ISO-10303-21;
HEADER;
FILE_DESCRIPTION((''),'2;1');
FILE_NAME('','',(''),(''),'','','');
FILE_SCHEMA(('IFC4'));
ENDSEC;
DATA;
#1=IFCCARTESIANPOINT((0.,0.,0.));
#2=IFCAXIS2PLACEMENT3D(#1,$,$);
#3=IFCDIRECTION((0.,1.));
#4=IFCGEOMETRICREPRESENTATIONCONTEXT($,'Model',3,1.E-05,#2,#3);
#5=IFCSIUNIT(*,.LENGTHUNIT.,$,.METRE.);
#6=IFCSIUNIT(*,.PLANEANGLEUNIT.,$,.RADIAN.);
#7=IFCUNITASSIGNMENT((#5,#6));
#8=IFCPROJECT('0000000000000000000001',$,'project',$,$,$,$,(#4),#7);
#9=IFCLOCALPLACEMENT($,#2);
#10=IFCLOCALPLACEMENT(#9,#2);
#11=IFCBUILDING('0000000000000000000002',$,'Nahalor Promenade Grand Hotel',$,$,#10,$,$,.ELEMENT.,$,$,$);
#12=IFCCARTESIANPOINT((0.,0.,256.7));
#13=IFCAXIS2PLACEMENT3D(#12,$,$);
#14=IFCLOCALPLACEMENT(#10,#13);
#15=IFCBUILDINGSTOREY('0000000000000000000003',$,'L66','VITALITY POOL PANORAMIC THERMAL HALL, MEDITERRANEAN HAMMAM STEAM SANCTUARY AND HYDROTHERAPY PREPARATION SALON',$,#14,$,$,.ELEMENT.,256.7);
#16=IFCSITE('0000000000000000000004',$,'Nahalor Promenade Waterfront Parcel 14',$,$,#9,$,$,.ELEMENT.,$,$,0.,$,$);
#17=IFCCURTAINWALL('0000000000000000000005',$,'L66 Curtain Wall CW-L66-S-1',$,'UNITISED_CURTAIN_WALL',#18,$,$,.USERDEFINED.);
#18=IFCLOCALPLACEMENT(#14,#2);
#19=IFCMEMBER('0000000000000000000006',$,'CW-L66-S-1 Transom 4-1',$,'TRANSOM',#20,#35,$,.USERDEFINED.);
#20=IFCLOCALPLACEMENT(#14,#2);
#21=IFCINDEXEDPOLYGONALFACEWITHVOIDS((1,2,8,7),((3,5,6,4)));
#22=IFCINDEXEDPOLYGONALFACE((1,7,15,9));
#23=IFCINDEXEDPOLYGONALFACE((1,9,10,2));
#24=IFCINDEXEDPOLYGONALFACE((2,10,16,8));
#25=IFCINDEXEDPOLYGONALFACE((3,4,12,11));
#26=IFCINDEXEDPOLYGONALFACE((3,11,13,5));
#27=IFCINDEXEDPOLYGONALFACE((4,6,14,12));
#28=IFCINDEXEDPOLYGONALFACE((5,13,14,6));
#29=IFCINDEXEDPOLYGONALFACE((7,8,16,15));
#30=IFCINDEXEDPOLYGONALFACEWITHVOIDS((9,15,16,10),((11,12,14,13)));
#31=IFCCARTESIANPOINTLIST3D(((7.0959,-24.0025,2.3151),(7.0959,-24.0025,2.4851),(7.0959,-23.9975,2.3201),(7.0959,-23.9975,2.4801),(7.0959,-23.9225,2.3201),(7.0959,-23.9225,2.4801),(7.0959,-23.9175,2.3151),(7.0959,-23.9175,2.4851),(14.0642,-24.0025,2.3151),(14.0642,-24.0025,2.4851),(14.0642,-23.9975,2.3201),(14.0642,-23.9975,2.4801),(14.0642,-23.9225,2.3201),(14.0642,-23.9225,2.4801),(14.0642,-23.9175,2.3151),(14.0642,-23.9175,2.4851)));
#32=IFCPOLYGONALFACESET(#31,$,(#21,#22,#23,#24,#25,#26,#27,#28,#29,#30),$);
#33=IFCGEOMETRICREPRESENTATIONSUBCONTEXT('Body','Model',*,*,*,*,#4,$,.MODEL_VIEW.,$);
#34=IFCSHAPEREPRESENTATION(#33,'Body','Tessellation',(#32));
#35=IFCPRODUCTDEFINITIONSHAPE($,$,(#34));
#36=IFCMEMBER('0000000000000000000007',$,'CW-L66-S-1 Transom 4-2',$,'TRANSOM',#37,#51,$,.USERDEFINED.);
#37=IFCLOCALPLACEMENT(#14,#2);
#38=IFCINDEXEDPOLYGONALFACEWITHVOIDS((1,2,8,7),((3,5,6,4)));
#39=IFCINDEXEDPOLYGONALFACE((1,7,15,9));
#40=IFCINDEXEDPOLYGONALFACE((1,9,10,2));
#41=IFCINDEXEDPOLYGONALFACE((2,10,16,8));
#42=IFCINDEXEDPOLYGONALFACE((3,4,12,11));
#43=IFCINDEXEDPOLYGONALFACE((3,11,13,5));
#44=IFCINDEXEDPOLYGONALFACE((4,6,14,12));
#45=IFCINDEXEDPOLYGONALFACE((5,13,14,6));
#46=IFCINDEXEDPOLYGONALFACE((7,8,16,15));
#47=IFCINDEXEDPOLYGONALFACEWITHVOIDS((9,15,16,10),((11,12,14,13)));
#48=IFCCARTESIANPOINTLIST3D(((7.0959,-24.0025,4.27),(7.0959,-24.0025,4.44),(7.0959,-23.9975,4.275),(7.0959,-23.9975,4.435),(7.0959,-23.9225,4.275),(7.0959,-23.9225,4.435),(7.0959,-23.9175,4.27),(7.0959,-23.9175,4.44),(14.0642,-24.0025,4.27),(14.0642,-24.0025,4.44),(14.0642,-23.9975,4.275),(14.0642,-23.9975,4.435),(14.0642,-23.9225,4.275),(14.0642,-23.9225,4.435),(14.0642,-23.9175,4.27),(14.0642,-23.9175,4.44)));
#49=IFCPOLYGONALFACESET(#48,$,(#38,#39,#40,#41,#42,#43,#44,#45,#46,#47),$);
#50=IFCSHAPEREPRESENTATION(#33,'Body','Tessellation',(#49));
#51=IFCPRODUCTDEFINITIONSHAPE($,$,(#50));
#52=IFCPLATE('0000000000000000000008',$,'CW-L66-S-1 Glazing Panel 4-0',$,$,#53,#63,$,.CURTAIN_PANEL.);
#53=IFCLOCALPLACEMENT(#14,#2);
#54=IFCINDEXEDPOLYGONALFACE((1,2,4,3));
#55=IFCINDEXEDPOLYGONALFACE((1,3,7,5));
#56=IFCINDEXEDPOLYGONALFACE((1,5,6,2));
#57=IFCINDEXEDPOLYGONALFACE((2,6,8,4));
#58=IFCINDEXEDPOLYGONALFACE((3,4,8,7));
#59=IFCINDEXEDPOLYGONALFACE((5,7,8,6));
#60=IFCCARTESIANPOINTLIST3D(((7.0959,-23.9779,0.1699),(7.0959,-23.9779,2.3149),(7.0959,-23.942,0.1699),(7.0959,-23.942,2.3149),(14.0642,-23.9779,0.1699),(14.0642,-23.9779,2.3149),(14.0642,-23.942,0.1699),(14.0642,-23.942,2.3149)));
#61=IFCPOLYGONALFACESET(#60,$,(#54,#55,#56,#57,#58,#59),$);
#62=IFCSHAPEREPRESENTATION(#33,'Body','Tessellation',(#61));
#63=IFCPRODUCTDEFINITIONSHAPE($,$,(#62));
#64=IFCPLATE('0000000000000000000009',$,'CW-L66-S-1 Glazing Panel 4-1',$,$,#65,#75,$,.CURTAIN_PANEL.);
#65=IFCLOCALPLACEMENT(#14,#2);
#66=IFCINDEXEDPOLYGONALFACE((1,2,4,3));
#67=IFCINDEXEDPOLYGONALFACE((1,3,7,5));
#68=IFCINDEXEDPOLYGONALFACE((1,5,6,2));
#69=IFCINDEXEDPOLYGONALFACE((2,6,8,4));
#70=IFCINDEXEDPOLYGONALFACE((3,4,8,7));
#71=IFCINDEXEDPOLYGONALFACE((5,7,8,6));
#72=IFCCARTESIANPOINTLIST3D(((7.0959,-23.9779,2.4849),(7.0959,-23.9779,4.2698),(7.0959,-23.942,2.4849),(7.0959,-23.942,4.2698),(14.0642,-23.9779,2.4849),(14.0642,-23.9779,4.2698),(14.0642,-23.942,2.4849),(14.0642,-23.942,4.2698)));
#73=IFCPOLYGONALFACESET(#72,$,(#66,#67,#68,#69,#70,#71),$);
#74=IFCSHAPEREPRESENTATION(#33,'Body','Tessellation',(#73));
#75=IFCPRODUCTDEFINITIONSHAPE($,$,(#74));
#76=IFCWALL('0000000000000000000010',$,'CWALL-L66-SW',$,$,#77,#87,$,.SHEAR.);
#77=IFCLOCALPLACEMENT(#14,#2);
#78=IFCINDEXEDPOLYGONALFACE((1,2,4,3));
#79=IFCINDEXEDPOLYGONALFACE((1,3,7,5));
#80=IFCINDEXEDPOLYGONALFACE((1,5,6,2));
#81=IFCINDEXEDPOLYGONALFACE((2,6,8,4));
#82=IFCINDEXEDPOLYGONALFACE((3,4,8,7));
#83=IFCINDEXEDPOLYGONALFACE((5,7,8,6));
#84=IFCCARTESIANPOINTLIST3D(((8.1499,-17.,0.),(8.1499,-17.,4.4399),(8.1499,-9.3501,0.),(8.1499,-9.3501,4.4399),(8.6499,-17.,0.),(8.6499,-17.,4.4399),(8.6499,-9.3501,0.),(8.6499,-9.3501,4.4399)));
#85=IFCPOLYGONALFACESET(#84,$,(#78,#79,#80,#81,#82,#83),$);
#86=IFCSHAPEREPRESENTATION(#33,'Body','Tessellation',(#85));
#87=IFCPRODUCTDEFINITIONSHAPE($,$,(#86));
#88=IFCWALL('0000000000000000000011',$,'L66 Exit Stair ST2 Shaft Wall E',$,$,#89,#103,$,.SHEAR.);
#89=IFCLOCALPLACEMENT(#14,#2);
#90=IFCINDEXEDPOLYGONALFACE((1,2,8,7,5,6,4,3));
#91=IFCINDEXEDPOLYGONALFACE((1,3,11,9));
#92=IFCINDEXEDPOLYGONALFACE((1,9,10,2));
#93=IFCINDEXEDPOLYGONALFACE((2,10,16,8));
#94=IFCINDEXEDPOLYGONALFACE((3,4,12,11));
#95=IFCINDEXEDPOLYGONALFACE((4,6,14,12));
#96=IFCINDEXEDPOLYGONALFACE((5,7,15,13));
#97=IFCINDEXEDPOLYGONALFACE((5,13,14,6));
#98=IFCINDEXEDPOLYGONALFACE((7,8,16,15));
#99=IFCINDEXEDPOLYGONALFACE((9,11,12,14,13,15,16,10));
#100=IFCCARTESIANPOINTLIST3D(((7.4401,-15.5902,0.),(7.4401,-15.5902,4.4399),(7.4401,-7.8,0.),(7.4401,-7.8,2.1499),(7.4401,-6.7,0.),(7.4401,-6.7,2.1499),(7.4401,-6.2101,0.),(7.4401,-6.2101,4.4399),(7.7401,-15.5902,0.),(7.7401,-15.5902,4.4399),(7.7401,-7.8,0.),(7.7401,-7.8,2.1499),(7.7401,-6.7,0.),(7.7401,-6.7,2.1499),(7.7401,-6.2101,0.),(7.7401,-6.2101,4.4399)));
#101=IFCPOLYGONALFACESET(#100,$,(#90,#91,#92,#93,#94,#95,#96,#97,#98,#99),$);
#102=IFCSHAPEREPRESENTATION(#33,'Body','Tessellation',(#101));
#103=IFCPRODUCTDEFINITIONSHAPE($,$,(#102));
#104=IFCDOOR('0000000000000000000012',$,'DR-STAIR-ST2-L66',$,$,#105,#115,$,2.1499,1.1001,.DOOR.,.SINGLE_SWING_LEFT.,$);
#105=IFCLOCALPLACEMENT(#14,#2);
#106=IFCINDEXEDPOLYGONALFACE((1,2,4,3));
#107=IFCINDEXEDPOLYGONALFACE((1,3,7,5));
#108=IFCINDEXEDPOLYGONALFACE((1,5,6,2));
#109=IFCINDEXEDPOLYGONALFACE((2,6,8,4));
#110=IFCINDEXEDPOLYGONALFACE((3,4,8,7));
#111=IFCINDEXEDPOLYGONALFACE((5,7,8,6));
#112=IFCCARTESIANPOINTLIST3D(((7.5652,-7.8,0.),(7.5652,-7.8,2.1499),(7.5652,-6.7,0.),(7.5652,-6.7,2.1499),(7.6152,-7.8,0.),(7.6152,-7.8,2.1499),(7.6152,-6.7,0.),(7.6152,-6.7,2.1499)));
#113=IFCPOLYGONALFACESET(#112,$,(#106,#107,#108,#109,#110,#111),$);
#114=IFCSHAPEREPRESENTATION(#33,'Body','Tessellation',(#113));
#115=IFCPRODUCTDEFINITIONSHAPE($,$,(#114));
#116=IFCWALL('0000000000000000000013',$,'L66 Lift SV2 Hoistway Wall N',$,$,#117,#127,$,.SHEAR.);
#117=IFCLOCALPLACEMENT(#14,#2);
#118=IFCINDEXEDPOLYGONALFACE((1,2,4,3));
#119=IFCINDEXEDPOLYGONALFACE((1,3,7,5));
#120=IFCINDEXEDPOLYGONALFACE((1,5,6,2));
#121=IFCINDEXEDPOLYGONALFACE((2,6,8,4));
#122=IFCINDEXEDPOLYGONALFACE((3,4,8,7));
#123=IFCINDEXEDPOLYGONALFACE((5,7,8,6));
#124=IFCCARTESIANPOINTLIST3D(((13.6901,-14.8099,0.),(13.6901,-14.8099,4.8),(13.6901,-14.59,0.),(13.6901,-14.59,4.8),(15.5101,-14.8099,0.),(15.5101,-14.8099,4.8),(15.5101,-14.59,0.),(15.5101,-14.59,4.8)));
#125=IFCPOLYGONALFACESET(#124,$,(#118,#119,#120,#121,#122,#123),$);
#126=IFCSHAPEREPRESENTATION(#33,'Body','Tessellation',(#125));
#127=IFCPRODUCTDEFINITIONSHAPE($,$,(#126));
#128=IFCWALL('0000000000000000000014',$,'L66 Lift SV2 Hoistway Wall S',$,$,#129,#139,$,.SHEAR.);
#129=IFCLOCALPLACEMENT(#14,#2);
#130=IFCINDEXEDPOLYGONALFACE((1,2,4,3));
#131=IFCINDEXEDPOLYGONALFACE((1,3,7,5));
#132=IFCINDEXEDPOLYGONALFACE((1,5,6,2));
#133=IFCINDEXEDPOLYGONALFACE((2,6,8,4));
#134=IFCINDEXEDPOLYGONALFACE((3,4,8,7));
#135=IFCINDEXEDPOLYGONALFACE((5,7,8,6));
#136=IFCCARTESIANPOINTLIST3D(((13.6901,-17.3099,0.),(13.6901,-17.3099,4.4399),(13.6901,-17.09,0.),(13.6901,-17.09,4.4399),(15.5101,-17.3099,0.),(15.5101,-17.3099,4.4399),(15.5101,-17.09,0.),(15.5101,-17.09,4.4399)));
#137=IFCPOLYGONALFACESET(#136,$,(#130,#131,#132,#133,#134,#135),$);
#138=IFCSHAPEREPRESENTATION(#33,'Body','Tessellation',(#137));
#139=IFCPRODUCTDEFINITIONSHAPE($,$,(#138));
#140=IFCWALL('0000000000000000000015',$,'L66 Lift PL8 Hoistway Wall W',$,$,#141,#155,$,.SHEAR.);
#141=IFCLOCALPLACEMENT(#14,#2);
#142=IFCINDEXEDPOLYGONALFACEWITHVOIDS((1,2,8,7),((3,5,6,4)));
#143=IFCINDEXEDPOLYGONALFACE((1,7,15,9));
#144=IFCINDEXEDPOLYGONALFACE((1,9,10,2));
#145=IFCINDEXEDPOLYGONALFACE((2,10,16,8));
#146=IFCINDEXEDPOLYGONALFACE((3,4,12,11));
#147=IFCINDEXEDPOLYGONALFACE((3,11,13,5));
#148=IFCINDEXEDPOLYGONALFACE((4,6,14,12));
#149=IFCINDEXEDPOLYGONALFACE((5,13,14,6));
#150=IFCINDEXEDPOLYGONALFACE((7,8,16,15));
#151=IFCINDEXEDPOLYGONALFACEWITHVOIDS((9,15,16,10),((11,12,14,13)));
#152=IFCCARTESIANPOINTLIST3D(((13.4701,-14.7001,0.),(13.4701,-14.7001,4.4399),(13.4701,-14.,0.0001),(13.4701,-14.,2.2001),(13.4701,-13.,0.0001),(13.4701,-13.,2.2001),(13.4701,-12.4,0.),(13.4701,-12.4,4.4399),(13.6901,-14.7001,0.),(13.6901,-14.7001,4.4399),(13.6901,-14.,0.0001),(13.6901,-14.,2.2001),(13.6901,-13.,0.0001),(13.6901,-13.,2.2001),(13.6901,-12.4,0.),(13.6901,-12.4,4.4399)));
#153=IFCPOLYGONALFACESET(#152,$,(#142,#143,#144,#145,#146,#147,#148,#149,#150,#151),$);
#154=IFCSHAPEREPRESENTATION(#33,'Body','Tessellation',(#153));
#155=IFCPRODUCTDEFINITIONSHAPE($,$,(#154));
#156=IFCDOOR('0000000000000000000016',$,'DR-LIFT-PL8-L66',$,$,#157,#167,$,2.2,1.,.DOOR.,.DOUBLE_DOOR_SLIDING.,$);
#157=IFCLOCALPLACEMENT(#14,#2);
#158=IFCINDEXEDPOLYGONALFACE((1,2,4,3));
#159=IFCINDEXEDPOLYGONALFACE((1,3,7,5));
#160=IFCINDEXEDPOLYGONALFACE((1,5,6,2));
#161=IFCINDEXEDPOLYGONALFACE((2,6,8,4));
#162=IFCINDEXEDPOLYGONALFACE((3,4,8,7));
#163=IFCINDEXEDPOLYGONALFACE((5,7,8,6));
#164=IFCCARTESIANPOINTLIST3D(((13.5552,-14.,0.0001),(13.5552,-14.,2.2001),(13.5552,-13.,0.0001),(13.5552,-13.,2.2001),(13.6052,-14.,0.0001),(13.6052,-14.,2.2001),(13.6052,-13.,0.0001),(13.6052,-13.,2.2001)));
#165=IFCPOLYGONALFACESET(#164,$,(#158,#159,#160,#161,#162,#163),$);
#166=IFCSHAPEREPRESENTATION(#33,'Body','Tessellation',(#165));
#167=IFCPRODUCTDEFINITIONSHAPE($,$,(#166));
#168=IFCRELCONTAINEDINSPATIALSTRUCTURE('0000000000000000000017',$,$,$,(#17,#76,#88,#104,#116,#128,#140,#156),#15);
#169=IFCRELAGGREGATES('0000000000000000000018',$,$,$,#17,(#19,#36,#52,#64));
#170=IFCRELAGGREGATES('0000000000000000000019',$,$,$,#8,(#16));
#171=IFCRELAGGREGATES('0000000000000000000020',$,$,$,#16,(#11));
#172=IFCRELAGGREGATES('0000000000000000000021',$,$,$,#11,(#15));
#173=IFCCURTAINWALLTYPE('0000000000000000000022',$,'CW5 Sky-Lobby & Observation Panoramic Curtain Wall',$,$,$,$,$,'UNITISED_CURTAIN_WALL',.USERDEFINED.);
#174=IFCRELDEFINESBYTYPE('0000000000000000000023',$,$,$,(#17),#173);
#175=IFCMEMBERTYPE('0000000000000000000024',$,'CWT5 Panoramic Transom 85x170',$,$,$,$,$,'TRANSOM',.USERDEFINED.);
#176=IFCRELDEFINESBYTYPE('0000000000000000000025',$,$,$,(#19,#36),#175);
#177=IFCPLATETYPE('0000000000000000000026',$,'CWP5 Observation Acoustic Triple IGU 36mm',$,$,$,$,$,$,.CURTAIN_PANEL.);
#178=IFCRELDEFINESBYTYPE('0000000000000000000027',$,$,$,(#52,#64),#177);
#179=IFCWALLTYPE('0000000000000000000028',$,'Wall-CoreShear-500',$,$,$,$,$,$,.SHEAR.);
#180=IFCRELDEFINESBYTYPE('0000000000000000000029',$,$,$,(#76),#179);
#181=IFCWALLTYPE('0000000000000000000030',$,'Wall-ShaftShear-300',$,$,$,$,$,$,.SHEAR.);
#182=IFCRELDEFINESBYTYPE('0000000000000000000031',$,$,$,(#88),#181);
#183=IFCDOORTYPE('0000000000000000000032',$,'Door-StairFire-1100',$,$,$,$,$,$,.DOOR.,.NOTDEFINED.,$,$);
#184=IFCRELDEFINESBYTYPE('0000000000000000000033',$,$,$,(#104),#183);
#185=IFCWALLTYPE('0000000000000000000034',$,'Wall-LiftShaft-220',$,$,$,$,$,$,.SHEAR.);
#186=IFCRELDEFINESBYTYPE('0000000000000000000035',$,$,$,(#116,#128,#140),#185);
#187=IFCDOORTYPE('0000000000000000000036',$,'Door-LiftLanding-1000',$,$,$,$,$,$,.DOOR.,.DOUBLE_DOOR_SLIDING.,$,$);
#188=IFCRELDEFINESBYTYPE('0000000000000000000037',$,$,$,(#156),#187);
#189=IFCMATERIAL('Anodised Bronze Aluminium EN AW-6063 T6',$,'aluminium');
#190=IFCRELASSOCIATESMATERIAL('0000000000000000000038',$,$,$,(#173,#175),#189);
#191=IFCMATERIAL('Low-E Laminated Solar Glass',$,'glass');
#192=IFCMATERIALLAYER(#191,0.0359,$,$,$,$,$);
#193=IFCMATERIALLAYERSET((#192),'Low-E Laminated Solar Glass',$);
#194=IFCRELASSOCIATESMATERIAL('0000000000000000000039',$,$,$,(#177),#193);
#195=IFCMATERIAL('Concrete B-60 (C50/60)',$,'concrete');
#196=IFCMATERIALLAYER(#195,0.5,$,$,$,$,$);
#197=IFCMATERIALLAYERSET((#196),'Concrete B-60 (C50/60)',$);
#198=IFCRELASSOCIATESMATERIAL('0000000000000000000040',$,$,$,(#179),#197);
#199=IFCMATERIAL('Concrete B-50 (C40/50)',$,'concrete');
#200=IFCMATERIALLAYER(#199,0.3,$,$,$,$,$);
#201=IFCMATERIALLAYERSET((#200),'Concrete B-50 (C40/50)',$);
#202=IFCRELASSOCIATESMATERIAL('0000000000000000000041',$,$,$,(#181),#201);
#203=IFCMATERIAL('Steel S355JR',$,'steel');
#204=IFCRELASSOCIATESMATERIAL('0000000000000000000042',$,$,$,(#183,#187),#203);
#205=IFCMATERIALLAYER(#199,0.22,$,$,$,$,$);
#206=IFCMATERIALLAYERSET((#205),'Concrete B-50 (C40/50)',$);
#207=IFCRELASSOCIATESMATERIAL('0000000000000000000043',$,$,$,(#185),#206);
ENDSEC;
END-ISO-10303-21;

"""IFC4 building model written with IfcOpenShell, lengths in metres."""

from ifc_helpers import new_model, si_unit, direction, frame, frame_2d, origin, origin_2d, place, context, subcontext, project, spatial, rectangle, hollow_rectangle, extrude, source, transform, mapped, material, layer, layer_set, material_profile, profile_set, type_object, element, fill, aggregate, save


model = new_model("IFC4")

# Units and contexts
model_context = context("Model", 3, precision=1e-05, world=origin(), true_north=direction((0.0, 1.0)))
body_context = subcontext(model_context, "Body", "Model", "MODEL_VIEW")
ifc_project = project(units=[si_unit("LENGTHUNIT", "METRE"), si_unit("PLANEANGLEUNIT", "RADIAN")], contexts=[model_context])

# Site, building, storey
site_placement = place(None, origin())
site = spatial("IfcSite", under=ifc_project, at=site_placement, Name="Nahalor Promenade Waterfront Parcel 14", CompositionType="ELEMENT", RefElevation=0.0)
building_placement = place(site_placement, origin())
building = spatial("IfcBuilding", under=site, at=building_placement, Name="Nahalor Promenade Grand Hotel", CompositionType="ELEMENT")
storey_placement = place(building_placement, frame((0.0, 0.0, 256.7)))
storey = spatial("IfcBuildingStorey", under=building, at=storey_placement, Name="L66", Description="VITALITY POOL PANORAMIC THERMAL HALL, MEDITERRANEAN HAMMAM STEAM SANCTUARY AND HYDROTHERAPY PREPARATION SALON", CompositionType="ELEMENT", Elevation=256.7)

# Shared definitions
ifc_material_1 = material(Name="Concrete B-60 (C50/60)", Category="concrete")
ifc_material_2 = material(Name="Steel S355JR", Category="steel")

# Curtain wall, members, plates
ifc_material_3 = material(Name="Anodised Bronze Aluminium EN AW-6063 T6", Category="aluminium")
curtain_wall_type = type_object("IfcCurtainWallType", Name="CW5 Sky-Lobby & Observation Panoramic Curtain Wall", ElementType="UNITISED_CURTAIN_WALL", PredefinedType="USERDEFINED", material=ifc_material_3)
curtain_wall_placement = place(storey_placement, origin())
curtain_wall = element("IfcCurtainWall", 1, at=curtain_wall_placement, inside=storey, type_object=curtain_wall_type, Name="L66 Curtain Wall CW-L66-S-1", ObjectType="UNITISED_CURTAIN_WALL", PredefinedType="USERDEFINED")
ifc_material_profile_1 = material_profile(ifc_material_3, hollow_rectangle(XDim=0.085, YDim=0.17, WallThickness=0.005, at=origin_2d()), Name="CWT 85x170x5")
ifc_profile_set_1 = profile_set([ifc_material_profile_1], Name="Anodised Bronze Aluminium EN AW-6063 T6")
member_type_1 = type_object("IfcMemberType", Name="CWT5 Panoramic Transom 85x170", ElementType="TRANSOM", PredefinedType="USERDEFINED", material=ifc_profile_set_1)
shared_shape_1 = source(origin(), body_context, "Body", "SweptSolid", [
    extrude(hollow_rectangle(XDim=0.085, YDim=0.17, WallThickness=0.005, at=origin_2d()), origin(), (0.0, 0.0, 1.0), 6.9683),
])
member_1_placement = place(storey_placement, frame((7.0959, -23.96, 2.4001), z_axis=(1.0, 0.0, 0.0), x_axis=(0.0, 1.0, 0.0)))
member_1 = element("IfcMember", 2, at=member_1_placement, type_object=member_type_1, Name="CW-L66-S-1 Transom 4-1", ObjectType="TRANSOM", PredefinedType="USERDEFINED", context=body_context, shape_type="MappedRepresentation", body=[
    mapped(shared_shape_1, transform((0.0, 0.0, 0.0), scale=1.0)),
])
member_2_placement = place(storey_placement, frame((7.0959, -23.96, 4.355), z_axis=(1.0, 0.0, 0.0), x_axis=(0.0, 1.0, 0.0)))
member_2 = element("IfcMember", 3, at=member_2_placement, type_object=member_type_1, Name="CW-L66-S-1 Transom 4-2", ObjectType="TRANSOM", PredefinedType="USERDEFINED", context=body_context, shape_type="MappedRepresentation", body=[
    mapped(shared_shape_1, transform((0.0, 0.0, 0.0), scale=1.0)),
])
ifc_material_4 = material(Name="Low-E Laminated Solar Glass", Category="glass")
ifc_layer_1 = layer(ifc_material_4, 0.0359)
ifc_layer_set_1 = layer_set([ifc_layer_1], Name="Low-E Laminated Solar Glass")
plate_type = type_object("IfcPlateType", Name="CWP5 Observation Acoustic Triple IGU 36mm", PredefinedType="CURTAIN_PANEL", material=ifc_layer_set_1)
shared_shape_2 = source(origin(), body_context, "Body", "SweptSolid", [
    extrude(rectangle(XDim=6.9683, YDim=0.0359, at=origin_2d()), origin(), (0.0, 0.0, 1.0), 2.145),
])
plate_1_placement = place(storey_placement, frame((10.5801, -23.96, 0.1699), z_axis=(0.0, 0.0, 1.0), x_axis=(1.0, 0.0, 0.0)))
plate_1 = element("IfcPlate", 4, at=plate_1_placement, type_object=plate_type, Name="CW-L66-S-1 Glazing Panel 4-0", PredefinedType="CURTAIN_PANEL", context=body_context, shape_type="MappedRepresentation", body=[
    mapped(shared_shape_2, transform((0.0, 0.0, 0.0), scale=1.0)),
])
shared_shape_3 = source(origin(), body_context, "Body", "SweptSolid", [
    extrude(rectangle(XDim=6.9683, YDim=0.0359, at=origin_2d()), origin(), (0.0, 0.0, 1.0), 1.7849),
])
plate_2_placement = place(storey_placement, frame((10.5801, -23.96, 2.4849), z_axis=(0.0, 0.0, 1.0), x_axis=(1.0, 0.0, 0.0)))
plate_2 = element("IfcPlate", 5, at=plate_2_placement, type_object=plate_type, Name="CW-L66-S-1 Glazing Panel 4-1", PredefinedType="CURTAIN_PANEL", context=body_context, shape_type="MappedRepresentation", body=[
    mapped(shared_shape_3, transform((0.0, 0.0, 0.0), scale=1.0)),
])
aggregate(curtain_wall, [member_1, member_2, plate_1, plate_2])

# Wall
ifc_layer_2 = layer(ifc_material_1, 0.5)
ifc_layer_set_2 = layer_set([ifc_layer_2], Name="Concrete B-60 (C50/60)")
wall_type_1 = type_object("IfcWallType", Name="Wall-CoreShear-500", PredefinedType="SHEAR", material=ifc_layer_set_2)
shared_shape_4 = source(origin(), body_context, "Body", "SweptSolid", [
    extrude(rectangle(XDim=7.6499, YDim=0.5, at=frame_2d((3.825, 0.0))), origin(), (0.0, 0.0, 1.0), 4.4399),
])
wall_1_placement = place(storey_placement, frame((8.3999, -17.0, 0.0), z_axis=(0.0, 0.0, 1.0), x_axis=(0.0, 1.0, 0.0)))
element("IfcWall", 6, at=wall_1_placement, inside=storey, type_object=wall_type_1, Name="CWALL-L66-SW", PredefinedType="SHEAR", context=body_context, shape_type="MappedRepresentation", body=[
    mapped(shared_shape_4, transform((0.0, 0.0, 0.0), scale=1.0)),
])

# Wall, opening, door
ifc_material_5 = material(Name="Concrete B-50 (C40/50)", Category="concrete")
ifc_layer_3 = layer(ifc_material_5, 0.3)
ifc_layer_set_3 = layer_set([ifc_layer_3], Name="Concrete B-50 (C40/50)")
wall_type_2 = type_object("IfcWallType", Name="Wall-ShaftShear-300", PredefinedType="SHEAR", material=ifc_layer_set_3)
shared_shape_5 = source(origin(), body_context, "Body", "SweptSolid", [
    extrude(rectangle(XDim=9.3801, YDim=0.3, at=frame_2d((4.6899, 0.0))), origin(), (0.0, 0.0, 1.0), 4.4399),
])
wall_2_placement = place(storey_placement, frame((7.5901, -15.5901, 0.0), z_axis=(0.0, 0.0, 1.0), x_axis=(0.0, 1.0, 0.0)))
wall_2 = element("IfcWall", 7, at=wall_2_placement, inside=storey, type_object=wall_type_2, Name="L66 Exit Stair ST2 Shaft Wall E", PredefinedType="SHEAR", context=body_context, shape_type="MappedRepresentation", body=[
    mapped(shared_shape_5, transform((0.0, 0.0, 0.0), scale=1.0)),
])
opening_1_placement = place(wall_2_placement, frame((7.79, 0.0, 0.0)))
opening_1 = element("IfcOpeningElement", 8, at=opening_1_placement, cuts=wall_2, PredefinedType="OPENING", context=body_context, shape_type="SweptSolid", body=[
    extrude(rectangle(XDim=1.1001, YDim=2.1499, at=frame_2d((0.55, 1.075))), frame((0.0, 0.1599, 0.0), z_axis=(0.0, -1.0, 0.0), x_axis=(1.0, 0.0, 0.0)), (0.0, 0.0, 1.0), 0.3201),
])
door_type_1 = type_object("IfcDoorType", Name="Door-StairFire-1100", OperationType="NOTDEFINED", PredefinedType="DOOR", material=ifc_material_2)
shared_shape_6 = source(origin(), body_context, "Body", "SweptSolid", [
    extrude(rectangle(XDim=1.1001, YDim=2.1499, at=frame_2d((0.55, 1.075))), frame((0.0, 0.0249, 0.0), z_axis=(0.0, -1.0, 0.0), x_axis=(1.0, 0.0, 0.0)), (0.0, 0.0, 1.0), 0.05),
])
door_1_placement = place(opening_1_placement, origin())
door_1 = element("IfcDoor", 9, at=door_1_placement, inside=storey, type_object=door_type_1, Name="DR-STAIR-ST2-L66", OperationType="SINGLE_SWING_LEFT", OverallHeight=2.1499, OverallWidth=1.1001, PredefinedType="DOOR", context=body_context, shape_type="MappedRepresentation", body=[
    mapped(shared_shape_6, transform((0.0, 0.0, 0.0), scale=1.0)),
])
fill(opening_1, door_1)

# Walls
ifc_layer_4 = layer(ifc_material_5, 0.22)
ifc_layer_set_4 = layer_set([ifc_layer_4], Name="Concrete B-50 (C40/50)")
wall_type_3 = type_object("IfcWallType", Name="Wall-LiftShaft-220", PredefinedType="SHEAR", material=ifc_layer_set_4)
shared_shape_7 = source(origin(), body_context, "Body", "SweptSolid", [
    extrude(rectangle(XDim=1.8201, YDim=0.22, at=frame_2d((0.9102, 0.0))), origin(), (0.0, 0.0, 1.0), 4.8),
])
wall_3_placement = place(storey_placement, frame((13.6899, -14.7, 0.0), z_axis=(0.0, 0.0, 1.0), x_axis=(1.0, 0.0, 0.0)))
element("IfcWall", 10, at=wall_3_placement, inside=storey, type_object=wall_type_3, Name="L66 Lift SV2 Hoistway Wall N", PredefinedType="SHEAR", context=body_context, shape_type="MappedRepresentation", body=[
    mapped(shared_shape_7, transform((0.0, 0.0, 0.0), scale=1.0)),
])
shared_shape_8 = source(origin(), body_context, "Body", "SweptSolid", [
    extrude(rectangle(XDim=1.8201, YDim=0.22, at=frame_2d((0.9102, 0.0))), origin(), (0.0, 0.0, 1.0), 4.4399),
])
wall_4_placement = place(storey_placement, frame((13.6899, -17.2, 0.0), z_axis=(0.0, 0.0, 1.0), x_axis=(1.0, 0.0, 0.0)))
element("IfcWall", 11, at=wall_4_placement, inside=storey, type_object=wall_type_3, Name="L66 Lift SV2 Hoistway Wall S", PredefinedType="SHEAR", context=body_context, shape_type="MappedRepresentation", body=[
    mapped(shared_shape_8, transform((0.0, 0.0, 0.0), scale=1.0)),
])

# Wall, opening, door
shared_shape_9 = source(origin(), body_context, "Body", "SweptSolid", [
    extrude(rectangle(XDim=2.3, YDim=0.22, at=frame_2d((1.1499, 0.0))), origin(), (0.0, 0.0, 1.0), 4.4399),
])
wall_5_placement = place(storey_placement, frame((13.5801, -14.7, 0.0), z_axis=(0.0, 0.0, 1.0), x_axis=(0.0, 1.0, 0.0)))
wall_5 = element("IfcWall", 12, at=wall_5_placement, inside=storey, type_object=wall_type_3, Name="L66 Lift PL8 Hoistway Wall W", PredefinedType="SHEAR", context=body_context, shape_type="MappedRepresentation", body=[
    mapped(shared_shape_9, transform((0.0, 0.0, 0.0), scale=1.0)),
])
opening_2_placement = place(wall_5_placement, frame((0.7, 0.0, 0.0)))
opening_2 = element("IfcOpeningElement", 13, at=opening_2_placement, cuts=wall_5, PredefinedType="OPENING", context=body_context, shape_type="SweptSolid", body=[
    extrude(rectangle(XDim=1.0, YDim=2.2, at=frame_2d((0.5, 1.1001))), frame((0.0, 0.1199, 0.0), z_axis=(0.0, -1.0, 0.0), x_axis=(1.0, 0.0, 0.0)), (0.0, 0.0, 1.0), 0.24),
])
door_type_2 = type_object("IfcDoorType", Name="Door-LiftLanding-1000", OperationType="DOUBLE_DOOR_SLIDING", PredefinedType="DOOR", material=ifc_material_2)
shared_shape_10 = source(origin(), body_context, "Body", "SweptSolid", [
    extrude(rectangle(XDim=1.0, YDim=2.2, at=frame_2d((0.5, 1.1001))), frame((0.0, 0.0249, 0.0), z_axis=(0.0, -1.0, 0.0), x_axis=(1.0, 0.0, 0.0)), (0.0, 0.0, 1.0), 0.05),
])
door_2_placement = place(opening_2_placement, origin())
door_2 = element("IfcDoor", 14, at=door_2_placement, inside=storey, type_object=door_type_2, Name="DR-LIFT-PL8-L66", OperationType="DOUBLE_DOOR_SLIDING", OverallHeight=2.2, OverallWidth=1.0, PredefinedType="DOOR", context=body_context, shape_type="MappedRepresentation", body=[
    mapped(shared_shape_10, transform((0.0, 0.0, 0.0), scale=1.0)),
])
fill(opening_2, door_2)

save(model, "model.ifc")
